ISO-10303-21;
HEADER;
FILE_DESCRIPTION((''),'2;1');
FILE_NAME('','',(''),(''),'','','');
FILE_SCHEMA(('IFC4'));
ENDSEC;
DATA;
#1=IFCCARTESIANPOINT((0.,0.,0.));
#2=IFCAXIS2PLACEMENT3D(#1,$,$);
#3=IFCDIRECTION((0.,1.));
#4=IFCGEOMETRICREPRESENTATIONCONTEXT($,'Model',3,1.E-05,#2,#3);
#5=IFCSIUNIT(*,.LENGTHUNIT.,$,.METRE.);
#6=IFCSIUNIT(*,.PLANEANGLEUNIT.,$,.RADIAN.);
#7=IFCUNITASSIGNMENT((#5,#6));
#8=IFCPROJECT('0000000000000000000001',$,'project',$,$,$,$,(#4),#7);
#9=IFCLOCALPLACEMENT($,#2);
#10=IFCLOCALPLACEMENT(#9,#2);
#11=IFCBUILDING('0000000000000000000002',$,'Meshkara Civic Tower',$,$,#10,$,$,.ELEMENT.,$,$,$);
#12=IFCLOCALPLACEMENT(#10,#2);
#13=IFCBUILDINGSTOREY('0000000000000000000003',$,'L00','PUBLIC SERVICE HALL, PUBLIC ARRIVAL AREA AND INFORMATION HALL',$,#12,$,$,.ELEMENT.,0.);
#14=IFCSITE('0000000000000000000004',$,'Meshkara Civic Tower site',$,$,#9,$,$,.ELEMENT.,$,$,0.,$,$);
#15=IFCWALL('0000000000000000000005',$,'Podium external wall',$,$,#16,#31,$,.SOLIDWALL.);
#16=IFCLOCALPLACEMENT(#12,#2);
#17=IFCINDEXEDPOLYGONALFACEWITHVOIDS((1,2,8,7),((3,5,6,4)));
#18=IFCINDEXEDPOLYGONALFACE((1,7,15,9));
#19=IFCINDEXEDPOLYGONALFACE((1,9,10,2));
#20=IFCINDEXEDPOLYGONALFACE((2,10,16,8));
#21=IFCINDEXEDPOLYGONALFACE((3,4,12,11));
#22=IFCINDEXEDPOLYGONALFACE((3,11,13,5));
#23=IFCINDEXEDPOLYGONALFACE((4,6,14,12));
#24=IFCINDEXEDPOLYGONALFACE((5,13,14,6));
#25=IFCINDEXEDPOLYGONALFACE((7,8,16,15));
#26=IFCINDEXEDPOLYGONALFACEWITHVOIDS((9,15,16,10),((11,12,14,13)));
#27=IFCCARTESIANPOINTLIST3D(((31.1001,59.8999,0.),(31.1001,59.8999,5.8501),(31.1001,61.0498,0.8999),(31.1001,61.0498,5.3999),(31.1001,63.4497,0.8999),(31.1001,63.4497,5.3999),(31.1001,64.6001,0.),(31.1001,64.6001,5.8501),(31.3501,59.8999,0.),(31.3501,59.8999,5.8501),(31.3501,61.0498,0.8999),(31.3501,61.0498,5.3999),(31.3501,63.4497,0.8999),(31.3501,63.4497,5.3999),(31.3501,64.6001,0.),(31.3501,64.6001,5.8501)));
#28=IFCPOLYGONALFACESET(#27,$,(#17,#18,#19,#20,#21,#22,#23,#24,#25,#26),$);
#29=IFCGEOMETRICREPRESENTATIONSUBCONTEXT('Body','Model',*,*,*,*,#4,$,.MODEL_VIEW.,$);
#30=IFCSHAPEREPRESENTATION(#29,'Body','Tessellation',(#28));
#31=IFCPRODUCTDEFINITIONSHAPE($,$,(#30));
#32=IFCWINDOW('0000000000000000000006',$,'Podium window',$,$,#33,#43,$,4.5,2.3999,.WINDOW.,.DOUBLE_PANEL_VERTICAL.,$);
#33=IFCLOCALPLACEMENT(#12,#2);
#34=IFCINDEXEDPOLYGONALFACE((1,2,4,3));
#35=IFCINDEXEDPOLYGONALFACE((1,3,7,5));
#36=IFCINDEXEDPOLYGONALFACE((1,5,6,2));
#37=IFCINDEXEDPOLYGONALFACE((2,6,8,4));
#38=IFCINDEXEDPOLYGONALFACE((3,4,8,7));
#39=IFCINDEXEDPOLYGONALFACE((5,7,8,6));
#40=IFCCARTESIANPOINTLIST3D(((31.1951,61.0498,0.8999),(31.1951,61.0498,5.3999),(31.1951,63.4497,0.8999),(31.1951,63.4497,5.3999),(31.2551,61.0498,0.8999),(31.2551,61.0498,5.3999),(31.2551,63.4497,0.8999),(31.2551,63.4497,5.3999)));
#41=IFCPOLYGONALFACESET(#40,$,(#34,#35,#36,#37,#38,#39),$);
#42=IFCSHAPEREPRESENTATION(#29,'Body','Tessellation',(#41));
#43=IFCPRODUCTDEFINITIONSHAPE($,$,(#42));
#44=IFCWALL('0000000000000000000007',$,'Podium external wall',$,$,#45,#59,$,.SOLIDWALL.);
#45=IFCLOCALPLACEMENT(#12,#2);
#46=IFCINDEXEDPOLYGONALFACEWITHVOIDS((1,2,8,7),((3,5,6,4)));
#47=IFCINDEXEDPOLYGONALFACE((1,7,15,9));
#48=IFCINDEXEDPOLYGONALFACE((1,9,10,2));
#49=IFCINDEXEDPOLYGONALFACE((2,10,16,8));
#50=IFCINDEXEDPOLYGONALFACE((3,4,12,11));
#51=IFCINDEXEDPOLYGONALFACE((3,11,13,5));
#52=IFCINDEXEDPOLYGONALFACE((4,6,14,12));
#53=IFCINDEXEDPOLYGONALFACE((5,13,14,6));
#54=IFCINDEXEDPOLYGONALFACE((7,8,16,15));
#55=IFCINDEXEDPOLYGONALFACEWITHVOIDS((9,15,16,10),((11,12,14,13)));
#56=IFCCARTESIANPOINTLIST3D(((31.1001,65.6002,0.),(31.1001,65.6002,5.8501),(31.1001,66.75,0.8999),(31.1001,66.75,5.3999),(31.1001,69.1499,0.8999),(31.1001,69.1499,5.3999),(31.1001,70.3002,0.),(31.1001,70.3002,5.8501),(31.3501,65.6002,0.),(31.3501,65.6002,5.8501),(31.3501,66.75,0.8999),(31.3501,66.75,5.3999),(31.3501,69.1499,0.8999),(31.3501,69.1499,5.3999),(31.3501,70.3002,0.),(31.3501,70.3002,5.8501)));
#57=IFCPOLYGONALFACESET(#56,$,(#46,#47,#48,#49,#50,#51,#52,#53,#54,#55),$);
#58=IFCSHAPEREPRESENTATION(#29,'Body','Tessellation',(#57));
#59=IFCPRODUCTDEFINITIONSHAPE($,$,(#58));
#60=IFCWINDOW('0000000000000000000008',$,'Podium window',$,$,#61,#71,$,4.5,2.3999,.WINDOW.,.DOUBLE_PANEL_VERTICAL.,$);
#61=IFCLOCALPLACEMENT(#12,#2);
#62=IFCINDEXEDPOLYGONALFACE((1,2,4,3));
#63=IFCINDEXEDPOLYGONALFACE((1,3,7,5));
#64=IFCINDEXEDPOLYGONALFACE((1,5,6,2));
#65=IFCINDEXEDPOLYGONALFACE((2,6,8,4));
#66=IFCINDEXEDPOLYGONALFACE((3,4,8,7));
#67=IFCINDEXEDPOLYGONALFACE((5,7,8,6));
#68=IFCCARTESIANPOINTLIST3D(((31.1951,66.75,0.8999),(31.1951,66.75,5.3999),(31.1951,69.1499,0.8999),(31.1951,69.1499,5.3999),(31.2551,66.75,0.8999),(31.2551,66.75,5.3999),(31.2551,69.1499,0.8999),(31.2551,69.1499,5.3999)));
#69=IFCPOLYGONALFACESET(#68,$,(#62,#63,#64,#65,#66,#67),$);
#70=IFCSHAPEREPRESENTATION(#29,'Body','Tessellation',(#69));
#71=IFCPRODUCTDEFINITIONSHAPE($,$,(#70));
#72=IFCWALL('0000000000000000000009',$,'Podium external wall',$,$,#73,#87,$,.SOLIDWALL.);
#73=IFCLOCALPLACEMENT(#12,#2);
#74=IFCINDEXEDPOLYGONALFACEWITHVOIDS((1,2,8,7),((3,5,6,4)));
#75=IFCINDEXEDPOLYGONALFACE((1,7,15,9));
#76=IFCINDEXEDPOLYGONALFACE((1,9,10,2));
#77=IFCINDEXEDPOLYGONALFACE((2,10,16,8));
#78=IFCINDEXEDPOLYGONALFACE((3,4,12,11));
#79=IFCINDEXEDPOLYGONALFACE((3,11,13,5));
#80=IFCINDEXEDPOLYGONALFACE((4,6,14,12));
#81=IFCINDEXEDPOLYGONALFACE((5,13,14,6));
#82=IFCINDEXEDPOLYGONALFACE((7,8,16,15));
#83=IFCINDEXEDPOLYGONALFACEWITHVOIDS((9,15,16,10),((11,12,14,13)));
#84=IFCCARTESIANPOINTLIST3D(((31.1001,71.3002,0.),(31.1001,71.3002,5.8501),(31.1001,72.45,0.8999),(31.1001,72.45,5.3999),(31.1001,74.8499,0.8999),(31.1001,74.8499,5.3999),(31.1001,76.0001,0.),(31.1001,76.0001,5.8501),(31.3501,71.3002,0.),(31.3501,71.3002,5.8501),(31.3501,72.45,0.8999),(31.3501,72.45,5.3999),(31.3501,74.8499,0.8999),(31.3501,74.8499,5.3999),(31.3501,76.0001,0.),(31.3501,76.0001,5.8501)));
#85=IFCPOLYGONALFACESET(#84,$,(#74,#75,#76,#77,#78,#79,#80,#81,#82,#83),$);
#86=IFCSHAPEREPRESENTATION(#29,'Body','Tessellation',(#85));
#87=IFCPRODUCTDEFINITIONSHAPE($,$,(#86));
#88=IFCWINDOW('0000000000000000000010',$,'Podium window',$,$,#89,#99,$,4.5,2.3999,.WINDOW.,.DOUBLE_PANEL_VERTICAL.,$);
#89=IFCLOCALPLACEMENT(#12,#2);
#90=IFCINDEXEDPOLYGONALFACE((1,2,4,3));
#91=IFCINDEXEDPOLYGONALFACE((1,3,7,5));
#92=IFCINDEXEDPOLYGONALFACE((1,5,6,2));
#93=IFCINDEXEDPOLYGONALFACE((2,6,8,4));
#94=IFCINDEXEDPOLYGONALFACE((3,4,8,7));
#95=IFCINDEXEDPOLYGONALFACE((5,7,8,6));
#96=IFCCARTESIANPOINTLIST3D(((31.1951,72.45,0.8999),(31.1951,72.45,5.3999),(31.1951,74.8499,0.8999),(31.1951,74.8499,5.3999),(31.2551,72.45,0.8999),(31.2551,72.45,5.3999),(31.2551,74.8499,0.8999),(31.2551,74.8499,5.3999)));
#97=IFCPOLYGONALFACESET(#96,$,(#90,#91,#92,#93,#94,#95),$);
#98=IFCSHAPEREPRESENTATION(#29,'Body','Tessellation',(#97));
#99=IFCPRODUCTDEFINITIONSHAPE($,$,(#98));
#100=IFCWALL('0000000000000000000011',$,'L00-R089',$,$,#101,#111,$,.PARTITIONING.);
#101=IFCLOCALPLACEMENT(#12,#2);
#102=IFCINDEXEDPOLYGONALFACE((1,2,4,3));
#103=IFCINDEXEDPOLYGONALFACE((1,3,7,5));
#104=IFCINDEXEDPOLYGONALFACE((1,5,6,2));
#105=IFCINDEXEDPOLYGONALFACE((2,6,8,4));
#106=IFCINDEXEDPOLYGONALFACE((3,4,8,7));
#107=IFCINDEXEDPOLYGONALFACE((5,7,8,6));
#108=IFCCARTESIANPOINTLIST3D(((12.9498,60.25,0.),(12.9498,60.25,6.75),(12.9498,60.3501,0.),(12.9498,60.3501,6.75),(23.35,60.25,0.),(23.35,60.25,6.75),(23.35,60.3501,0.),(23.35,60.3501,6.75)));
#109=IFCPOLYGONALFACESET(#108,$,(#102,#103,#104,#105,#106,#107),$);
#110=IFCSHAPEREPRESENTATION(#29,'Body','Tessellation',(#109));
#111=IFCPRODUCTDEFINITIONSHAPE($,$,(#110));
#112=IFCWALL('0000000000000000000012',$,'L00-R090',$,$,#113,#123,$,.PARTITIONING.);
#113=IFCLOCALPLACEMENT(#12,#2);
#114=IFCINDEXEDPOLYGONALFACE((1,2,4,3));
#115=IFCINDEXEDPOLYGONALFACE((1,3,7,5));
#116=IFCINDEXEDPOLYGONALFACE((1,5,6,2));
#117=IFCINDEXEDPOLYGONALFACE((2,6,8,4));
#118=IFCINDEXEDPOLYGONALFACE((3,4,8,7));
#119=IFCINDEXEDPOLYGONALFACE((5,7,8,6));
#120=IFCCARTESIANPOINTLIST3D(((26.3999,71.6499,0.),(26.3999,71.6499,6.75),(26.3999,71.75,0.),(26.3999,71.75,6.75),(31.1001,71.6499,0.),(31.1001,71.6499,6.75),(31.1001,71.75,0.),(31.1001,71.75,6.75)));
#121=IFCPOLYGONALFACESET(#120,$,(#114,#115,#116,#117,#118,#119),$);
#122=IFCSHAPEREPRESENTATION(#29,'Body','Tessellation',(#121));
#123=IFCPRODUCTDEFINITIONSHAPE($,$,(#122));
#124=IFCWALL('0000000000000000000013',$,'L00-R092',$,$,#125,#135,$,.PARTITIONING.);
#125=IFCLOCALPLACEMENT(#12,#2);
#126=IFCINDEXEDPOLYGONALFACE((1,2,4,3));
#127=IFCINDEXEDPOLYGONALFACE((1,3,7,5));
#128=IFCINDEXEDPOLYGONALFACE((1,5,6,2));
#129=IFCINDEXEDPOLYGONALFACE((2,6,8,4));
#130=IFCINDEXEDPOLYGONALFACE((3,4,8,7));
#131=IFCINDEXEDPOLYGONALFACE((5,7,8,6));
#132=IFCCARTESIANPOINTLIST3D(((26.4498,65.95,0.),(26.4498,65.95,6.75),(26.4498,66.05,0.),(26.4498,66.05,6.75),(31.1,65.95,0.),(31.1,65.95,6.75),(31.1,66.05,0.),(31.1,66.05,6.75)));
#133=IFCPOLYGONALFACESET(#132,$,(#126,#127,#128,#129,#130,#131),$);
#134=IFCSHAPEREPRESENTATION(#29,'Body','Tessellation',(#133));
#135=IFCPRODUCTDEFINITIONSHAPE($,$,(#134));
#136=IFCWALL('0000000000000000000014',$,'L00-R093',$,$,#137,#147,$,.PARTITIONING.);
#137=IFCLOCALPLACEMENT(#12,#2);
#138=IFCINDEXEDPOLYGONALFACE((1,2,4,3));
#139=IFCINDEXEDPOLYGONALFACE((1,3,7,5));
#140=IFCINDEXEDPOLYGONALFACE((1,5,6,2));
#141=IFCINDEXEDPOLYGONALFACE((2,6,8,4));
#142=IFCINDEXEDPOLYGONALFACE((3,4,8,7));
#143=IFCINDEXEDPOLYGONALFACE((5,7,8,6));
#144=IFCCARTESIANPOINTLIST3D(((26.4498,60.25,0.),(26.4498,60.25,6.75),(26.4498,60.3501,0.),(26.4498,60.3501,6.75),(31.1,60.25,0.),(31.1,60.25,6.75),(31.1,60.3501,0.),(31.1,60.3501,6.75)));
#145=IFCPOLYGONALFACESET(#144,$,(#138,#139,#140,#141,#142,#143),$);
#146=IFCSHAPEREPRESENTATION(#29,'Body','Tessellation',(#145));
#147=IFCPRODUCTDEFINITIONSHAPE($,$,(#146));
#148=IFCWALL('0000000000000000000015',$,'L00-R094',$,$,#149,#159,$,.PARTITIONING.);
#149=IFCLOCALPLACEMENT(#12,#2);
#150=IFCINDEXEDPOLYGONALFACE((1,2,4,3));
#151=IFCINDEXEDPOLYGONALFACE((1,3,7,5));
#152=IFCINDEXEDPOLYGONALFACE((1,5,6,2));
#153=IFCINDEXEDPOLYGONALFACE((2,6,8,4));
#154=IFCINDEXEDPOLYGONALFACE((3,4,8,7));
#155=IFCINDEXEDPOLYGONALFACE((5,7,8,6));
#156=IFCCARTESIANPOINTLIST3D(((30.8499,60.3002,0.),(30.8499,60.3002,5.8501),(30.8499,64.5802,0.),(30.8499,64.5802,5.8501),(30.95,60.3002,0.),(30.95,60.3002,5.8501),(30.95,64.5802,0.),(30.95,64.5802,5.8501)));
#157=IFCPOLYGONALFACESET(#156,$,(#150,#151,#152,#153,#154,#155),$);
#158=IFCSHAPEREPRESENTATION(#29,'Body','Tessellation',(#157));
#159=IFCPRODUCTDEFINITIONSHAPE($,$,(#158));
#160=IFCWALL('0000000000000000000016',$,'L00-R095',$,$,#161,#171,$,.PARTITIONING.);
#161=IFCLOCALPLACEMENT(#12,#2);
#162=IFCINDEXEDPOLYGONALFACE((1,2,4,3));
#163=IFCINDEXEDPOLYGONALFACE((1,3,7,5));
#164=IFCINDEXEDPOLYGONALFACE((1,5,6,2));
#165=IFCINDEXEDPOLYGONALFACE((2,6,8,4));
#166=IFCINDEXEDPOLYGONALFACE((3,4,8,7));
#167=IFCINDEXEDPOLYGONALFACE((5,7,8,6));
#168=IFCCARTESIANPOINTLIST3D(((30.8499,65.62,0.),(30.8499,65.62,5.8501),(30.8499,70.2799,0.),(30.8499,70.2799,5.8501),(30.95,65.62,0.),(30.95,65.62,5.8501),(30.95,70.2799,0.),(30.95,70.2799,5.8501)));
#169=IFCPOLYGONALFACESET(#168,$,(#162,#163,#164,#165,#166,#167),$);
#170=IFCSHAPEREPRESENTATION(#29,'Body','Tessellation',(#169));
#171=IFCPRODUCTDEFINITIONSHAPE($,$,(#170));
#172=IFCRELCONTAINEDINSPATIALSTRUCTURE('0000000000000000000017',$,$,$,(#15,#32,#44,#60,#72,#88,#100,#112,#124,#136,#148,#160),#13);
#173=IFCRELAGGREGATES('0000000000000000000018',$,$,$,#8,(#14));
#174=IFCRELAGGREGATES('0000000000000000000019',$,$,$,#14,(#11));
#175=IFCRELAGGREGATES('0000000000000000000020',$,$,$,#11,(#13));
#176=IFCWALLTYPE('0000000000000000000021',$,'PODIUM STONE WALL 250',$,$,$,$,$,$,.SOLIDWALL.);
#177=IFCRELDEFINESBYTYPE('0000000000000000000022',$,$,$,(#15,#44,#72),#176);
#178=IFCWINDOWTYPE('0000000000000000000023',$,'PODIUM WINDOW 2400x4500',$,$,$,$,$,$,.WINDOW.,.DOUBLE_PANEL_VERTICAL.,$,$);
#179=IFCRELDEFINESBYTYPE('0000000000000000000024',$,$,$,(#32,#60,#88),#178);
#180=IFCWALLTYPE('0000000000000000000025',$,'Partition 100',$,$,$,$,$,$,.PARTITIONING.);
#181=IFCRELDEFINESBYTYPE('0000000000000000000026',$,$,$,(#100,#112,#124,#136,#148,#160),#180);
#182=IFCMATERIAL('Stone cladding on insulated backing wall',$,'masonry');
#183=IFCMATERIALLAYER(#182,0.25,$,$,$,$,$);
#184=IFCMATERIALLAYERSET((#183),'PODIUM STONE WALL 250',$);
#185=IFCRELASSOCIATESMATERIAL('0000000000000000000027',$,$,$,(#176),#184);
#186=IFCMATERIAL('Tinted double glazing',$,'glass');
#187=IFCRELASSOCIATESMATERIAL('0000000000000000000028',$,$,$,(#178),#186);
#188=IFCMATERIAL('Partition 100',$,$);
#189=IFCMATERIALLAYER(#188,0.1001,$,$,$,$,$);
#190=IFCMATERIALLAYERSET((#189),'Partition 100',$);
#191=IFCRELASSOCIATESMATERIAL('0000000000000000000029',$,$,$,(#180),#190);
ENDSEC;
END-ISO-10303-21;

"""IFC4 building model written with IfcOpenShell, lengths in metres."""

from ifc_helpers import new_model, si_unit, direction, frame, frame_2d, origin, place, context, subcontext, project, spatial, rectangle, extrude, material, layer, layer_set, type_object, element, fill, save


model = new_model("IFC4")

# Units and contexts
model_context = context("Model", 3, precision=1e-05, world=origin(), true_north=direction((0.0, 1.0)))
body_context = subcontext(model_context, "Body", "Model", "MODEL_VIEW")
ifc_project = project(units=[si_unit("LENGTHUNIT", "METRE"), si_unit("PLANEANGLEUNIT", "RADIAN")], contexts=[model_context])

# Site, building, storey
site_placement = place(None, origin())
site = spatial("IfcSite", under=ifc_project, at=site_placement, Name="Meshkara Civic Tower site", CompositionType="ELEMENT", RefElevation=0.0)
building_placement = place(site_placement, origin())
building = spatial("IfcBuilding", under=site, at=building_placement, Name="Meshkara Civic Tower", CompositionType="ELEMENT")
storey_placement = place(building_placement, origin())
storey = spatial("IfcBuildingStorey", under=building, at=storey_placement, Name="L00", Description="PUBLIC SERVICE HALL, PUBLIC ARRIVAL AREA AND INFORMATION HALL", CompositionType="ELEMENT", Elevation=0.0)

# Walls, openings, windows
ifc_material_1 = material(Name="Stone cladding on insulated backing wall", Category="masonry")
ifc_layer_1 = layer(ifc_material_1, 0.25)
ifc_layer_set_1 = layer_set([ifc_layer_1], Name="PODIUM STONE WALL 250")
wall_type_1 = type_object("IfcWallType", Name="PODIUM STONE WALL 250", PredefinedType="SOLIDWALL", material=ifc_layer_set_1)
wall_1_placement = place(storey_placement, frame((31.2251, 59.8999, 0.0), z_axis=(0.0, 0.0, 1.0), x_axis=(0.0, 1.0, 0.0)))
wall_1 = element("IfcWall", 1, at=wall_1_placement, inside=storey, type_object=wall_type_1, Name="Podium external wall", PredefinedType="SOLIDWALL", context=body_context, shape_type="SweptSolid", body=[
    extrude(rectangle(XDim=4.7002, YDim=0.25, at=frame_2d((2.3501, 0.0))), origin(), (0.0, 0.0, 1.0), 5.8501),
])
opening_1_placement = place(wall_1_placement, frame((1.1499, 0.0, 0.8999)))
opening_1 = element("IfcOpeningElement", 2, at=opening_1_placement, cuts=wall_1, PredefinedType="OPENING", context=body_context, shape_type="SweptSolid", body=[
    extrude(rectangle(XDim=2.3999, YDim=4.5, at=frame_2d((1.2, 2.25))), frame((0.0, 0.135, 0.0), z_axis=(0.0, -1.0, 0.0), x_axis=(1.0, 0.0, 0.0)), (0.0, 0.0, 1.0), 0.27),
])
ifc_material_2 = material(Name="Tinted double glazing", Category="glass")
window_type = type_object("IfcWindowType", Name="PODIUM WINDOW 2400x4500", PartitioningType="DOUBLE_PANEL_VERTICAL", PredefinedType="WINDOW", material=ifc_material_2)
window_1_placement = place(opening_1_placement, origin())
window_1 = element("IfcWindow", 3, at=window_1_placement, inside=storey, type_object=window_type, Name="Podium window", OverallHeight=4.5, OverallWidth=2.3999, PartitioningType="DOUBLE_PANEL_VERTICAL", PredefinedType="WINDOW", context=body_context, shape_type="SweptSolid", body=[
    extrude(rectangle(XDim=2.3999, YDim=4.5, at=frame_2d((1.2, 2.25))), frame((0.0, 0.03, 0.0), z_axis=(0.0, -1.0, 0.0), x_axis=(1.0, 0.0, 0.0)), (0.0, 0.0, 1.0), 0.0601),
])
fill(opening_1, window_1)
wall_2_placement = place(storey_placement, frame((31.2251, 65.6001, 0.0), z_axis=(0.0, 0.0, 1.0), x_axis=(0.0, 1.0, 0.0)))
wall_2 = element("IfcWall", 4, at=wall_2_placement, inside=storey, type_object=wall_type_1, Name="Podium external wall", PredefinedType="SOLIDWALL", context=body_context, shape_type="SweptSolid", body=[
    extrude(rectangle(XDim=4.7, YDim=0.25, at=frame_2d((2.3501, 0.0))), origin(), (0.0, 0.0, 1.0), 5.8501),
])
opening_2_placement = place(wall_2_placement, frame((1.1499, 0.0, 0.8999)))
opening_2 = element("IfcOpeningElement", 5, at=opening_2_placement, cuts=wall_2, PredefinedType="OPENING", context=body_context, shape_type="SweptSolid", body=[
    extrude(rectangle(XDim=2.3999, YDim=4.5, at=frame_2d((1.2, 2.25))), frame((0.0, 0.135, 0.0), z_axis=(0.0, -1.0, 0.0), x_axis=(1.0, 0.0, 0.0)), (0.0, 0.0, 1.0), 0.27),
])
window_2_placement = place(opening_2_placement, origin())
window_2 = element("IfcWindow", 6, at=window_2_placement, inside=storey, type_object=window_type, Name="Podium window", OverallHeight=4.5, OverallWidth=2.3999, PartitioningType="DOUBLE_PANEL_VERTICAL", PredefinedType="WINDOW", context=body_context, shape_type="SweptSolid", body=[
    extrude(rectangle(XDim=2.3999, YDim=4.5, at=frame_2d((1.2, 2.25))), frame((0.0, 0.03, 0.0), z_axis=(0.0, -1.0, 0.0), x_axis=(1.0, 0.0, 0.0)), (0.0, 0.0, 1.0), 0.0601),
])
fill(opening_2, window_2)
wall_3_placement = place(storey_placement, frame((31.2251, 71.3, 0.0), z_axis=(0.0, 0.0, 1.0), x_axis=(0.0, 1.0, 0.0)))
wall_3 = element("IfcWall", 7, at=wall_3_placement, inside=storey, type_object=wall_type_1, Name="Podium external wall", PredefinedType="SOLIDWALL", context=body_context, shape_type="SweptSolid", body=[
    extrude(rectangle(XDim=4.7, YDim=0.25, at=frame_2d((2.3501, 0.0))), origin(), (0.0, 0.0, 1.0), 5.8501),
])
opening_3_placement = place(wall_3_placement, frame((1.1499, 0.0, 0.8999)))
opening_3 = element("IfcOpeningElement", 8, at=opening_3_placement, cuts=wall_3, PredefinedType="OPENING", context=body_context, shape_type="SweptSolid", body=[
    extrude(rectangle(XDim=2.3999, YDim=4.5, at=frame_2d((1.2, 2.25))), frame((0.0, 0.135, 0.0), z_axis=(0.0, -1.0, 0.0), x_axis=(1.0, 0.0, 0.0)), (0.0, 0.0, 1.0), 0.27),
])
window_3_placement = place(opening_3_placement, origin())
window_3 = element("IfcWindow", 9, at=window_3_placement, inside=storey, type_object=window_type, Name="Podium window", OverallHeight=4.5, OverallWidth=2.3999, PartitioningType="DOUBLE_PANEL_VERTICAL", PredefinedType="WINDOW", context=body_context, shape_type="SweptSolid", body=[
    extrude(rectangle(XDim=2.3999, YDim=4.5, at=frame_2d((1.2, 2.25))), frame((0.0, 0.03, 0.0), z_axis=(0.0, -1.0, 0.0), x_axis=(1.0, 0.0, 0.0)), (0.0, 0.0, 1.0), 0.0601),
])
fill(opening_3, window_3)

# Walls
ifc_material_3 = material(Name="Partition 100")
ifc_layer_2 = layer(ifc_material_3, 0.1001)
ifc_layer_set_2 = layer_set([ifc_layer_2], Name="Partition 100")
wall_type_2 = type_object("IfcWallType", Name="Partition 100", PredefinedType="PARTITIONING", material=ifc_layer_set_2)
wall_4_placement = place(storey_placement, frame((23.3501, 60.3, 0.0), z_axis=(0.0, 0.0, 1.0), x_axis=(-1.0, 0.0, 0.0)))
element("IfcWall", 10, at=wall_4_placement, inside=storey, type_object=wall_type_2, Name="L00-R089", PredefinedType="PARTITIONING", context=body_context, shape_type="SweptSolid", body=[
    extrude(rectangle(XDim=10.4001, YDim=0.1001, at=frame_2d((5.2002, 0.0))), origin(), (0.0, 0.0, 1.0), 6.75),
])
wall_5_placement = place(storey_placement, frame((26.3999, 71.7, 0.0), z_axis=(0.0, 0.0, 1.0), x_axis=(1.0, 0.0, 0.0)))
element("IfcWall", 11, at=wall_5_placement, inside=storey, type_object=wall_type_2, Name="L00-R090", PredefinedType="PARTITIONING", context=body_context, shape_type="SweptSolid", body=[
    extrude(rectangle(XDim=4.7002, YDim=0.1001, at=frame_2d((2.3501, 0.0))), origin(), (0.0, 0.0, 1.0), 6.75),
])
for number, where, z_axis, x_axis, name in (
    (12, (31.1001, 66.0, 0.0), (0.0, 0.0, 1.0), (-1.0, 0.0, 0.0), "L00-R092"),
    (13, (31.1001, 60.3, 0.0), (0.0, 0.0, 1.0), (-1.0, 0.0, 0.0), "L00-R093"),
):
    element("IfcWall", number, at=place(storey_placement, frame(where, z_axis=z_axis, x_axis=x_axis)), inside=storey, type_object=wall_type_2, Name=name, PredefinedType="PARTITIONING", context=body_context, shape_type="SweptSolid", body=[
        extrude(rectangle(XDim=4.6501, YDim=0.1001, at=frame_2d((2.3252, 0.0))), origin(), (0.0, 0.0, 1.0), 6.75),
    ])
wall_6_placement = place(storey_placement, frame((30.8999, 60.3, 0.0), z_axis=(0.0, 0.0, 1.0), x_axis=(0.0, 1.0, 0.0)))
element("IfcWall", 14, at=wall_6_placement, inside=storey, type_object=wall_type_2, Name="L00-R094", PredefinedType="PARTITIONING", context=body_context, shape_type="SweptSolid", body=[
    extrude(rectangle(XDim=4.28, YDim=0.1001, at=frame_2d((2.1401, 0.0))), origin(), (0.0, 0.0, 1.0), 5.8501),
])
wall_7_placement = place(storey_placement, frame((30.8999, 70.28, 0.0), z_axis=(0.0, 0.0, 1.0), x_axis=(0.0, -1.0, 0.0)))
element("IfcWall", 15, at=wall_7_placement, inside=storey, type_object=wall_type_2, Name="L00-R095", PredefinedType="PARTITIONING", context=body_context, shape_type="SweptSolid", body=[
    extrude(rectangle(XDim=4.6599, YDim=0.1001, at=frame_2d((2.3301, 0.0))), origin(), (0.0, 0.0, 1.0), 5.8501),
])

save(model, "model.ifc")
